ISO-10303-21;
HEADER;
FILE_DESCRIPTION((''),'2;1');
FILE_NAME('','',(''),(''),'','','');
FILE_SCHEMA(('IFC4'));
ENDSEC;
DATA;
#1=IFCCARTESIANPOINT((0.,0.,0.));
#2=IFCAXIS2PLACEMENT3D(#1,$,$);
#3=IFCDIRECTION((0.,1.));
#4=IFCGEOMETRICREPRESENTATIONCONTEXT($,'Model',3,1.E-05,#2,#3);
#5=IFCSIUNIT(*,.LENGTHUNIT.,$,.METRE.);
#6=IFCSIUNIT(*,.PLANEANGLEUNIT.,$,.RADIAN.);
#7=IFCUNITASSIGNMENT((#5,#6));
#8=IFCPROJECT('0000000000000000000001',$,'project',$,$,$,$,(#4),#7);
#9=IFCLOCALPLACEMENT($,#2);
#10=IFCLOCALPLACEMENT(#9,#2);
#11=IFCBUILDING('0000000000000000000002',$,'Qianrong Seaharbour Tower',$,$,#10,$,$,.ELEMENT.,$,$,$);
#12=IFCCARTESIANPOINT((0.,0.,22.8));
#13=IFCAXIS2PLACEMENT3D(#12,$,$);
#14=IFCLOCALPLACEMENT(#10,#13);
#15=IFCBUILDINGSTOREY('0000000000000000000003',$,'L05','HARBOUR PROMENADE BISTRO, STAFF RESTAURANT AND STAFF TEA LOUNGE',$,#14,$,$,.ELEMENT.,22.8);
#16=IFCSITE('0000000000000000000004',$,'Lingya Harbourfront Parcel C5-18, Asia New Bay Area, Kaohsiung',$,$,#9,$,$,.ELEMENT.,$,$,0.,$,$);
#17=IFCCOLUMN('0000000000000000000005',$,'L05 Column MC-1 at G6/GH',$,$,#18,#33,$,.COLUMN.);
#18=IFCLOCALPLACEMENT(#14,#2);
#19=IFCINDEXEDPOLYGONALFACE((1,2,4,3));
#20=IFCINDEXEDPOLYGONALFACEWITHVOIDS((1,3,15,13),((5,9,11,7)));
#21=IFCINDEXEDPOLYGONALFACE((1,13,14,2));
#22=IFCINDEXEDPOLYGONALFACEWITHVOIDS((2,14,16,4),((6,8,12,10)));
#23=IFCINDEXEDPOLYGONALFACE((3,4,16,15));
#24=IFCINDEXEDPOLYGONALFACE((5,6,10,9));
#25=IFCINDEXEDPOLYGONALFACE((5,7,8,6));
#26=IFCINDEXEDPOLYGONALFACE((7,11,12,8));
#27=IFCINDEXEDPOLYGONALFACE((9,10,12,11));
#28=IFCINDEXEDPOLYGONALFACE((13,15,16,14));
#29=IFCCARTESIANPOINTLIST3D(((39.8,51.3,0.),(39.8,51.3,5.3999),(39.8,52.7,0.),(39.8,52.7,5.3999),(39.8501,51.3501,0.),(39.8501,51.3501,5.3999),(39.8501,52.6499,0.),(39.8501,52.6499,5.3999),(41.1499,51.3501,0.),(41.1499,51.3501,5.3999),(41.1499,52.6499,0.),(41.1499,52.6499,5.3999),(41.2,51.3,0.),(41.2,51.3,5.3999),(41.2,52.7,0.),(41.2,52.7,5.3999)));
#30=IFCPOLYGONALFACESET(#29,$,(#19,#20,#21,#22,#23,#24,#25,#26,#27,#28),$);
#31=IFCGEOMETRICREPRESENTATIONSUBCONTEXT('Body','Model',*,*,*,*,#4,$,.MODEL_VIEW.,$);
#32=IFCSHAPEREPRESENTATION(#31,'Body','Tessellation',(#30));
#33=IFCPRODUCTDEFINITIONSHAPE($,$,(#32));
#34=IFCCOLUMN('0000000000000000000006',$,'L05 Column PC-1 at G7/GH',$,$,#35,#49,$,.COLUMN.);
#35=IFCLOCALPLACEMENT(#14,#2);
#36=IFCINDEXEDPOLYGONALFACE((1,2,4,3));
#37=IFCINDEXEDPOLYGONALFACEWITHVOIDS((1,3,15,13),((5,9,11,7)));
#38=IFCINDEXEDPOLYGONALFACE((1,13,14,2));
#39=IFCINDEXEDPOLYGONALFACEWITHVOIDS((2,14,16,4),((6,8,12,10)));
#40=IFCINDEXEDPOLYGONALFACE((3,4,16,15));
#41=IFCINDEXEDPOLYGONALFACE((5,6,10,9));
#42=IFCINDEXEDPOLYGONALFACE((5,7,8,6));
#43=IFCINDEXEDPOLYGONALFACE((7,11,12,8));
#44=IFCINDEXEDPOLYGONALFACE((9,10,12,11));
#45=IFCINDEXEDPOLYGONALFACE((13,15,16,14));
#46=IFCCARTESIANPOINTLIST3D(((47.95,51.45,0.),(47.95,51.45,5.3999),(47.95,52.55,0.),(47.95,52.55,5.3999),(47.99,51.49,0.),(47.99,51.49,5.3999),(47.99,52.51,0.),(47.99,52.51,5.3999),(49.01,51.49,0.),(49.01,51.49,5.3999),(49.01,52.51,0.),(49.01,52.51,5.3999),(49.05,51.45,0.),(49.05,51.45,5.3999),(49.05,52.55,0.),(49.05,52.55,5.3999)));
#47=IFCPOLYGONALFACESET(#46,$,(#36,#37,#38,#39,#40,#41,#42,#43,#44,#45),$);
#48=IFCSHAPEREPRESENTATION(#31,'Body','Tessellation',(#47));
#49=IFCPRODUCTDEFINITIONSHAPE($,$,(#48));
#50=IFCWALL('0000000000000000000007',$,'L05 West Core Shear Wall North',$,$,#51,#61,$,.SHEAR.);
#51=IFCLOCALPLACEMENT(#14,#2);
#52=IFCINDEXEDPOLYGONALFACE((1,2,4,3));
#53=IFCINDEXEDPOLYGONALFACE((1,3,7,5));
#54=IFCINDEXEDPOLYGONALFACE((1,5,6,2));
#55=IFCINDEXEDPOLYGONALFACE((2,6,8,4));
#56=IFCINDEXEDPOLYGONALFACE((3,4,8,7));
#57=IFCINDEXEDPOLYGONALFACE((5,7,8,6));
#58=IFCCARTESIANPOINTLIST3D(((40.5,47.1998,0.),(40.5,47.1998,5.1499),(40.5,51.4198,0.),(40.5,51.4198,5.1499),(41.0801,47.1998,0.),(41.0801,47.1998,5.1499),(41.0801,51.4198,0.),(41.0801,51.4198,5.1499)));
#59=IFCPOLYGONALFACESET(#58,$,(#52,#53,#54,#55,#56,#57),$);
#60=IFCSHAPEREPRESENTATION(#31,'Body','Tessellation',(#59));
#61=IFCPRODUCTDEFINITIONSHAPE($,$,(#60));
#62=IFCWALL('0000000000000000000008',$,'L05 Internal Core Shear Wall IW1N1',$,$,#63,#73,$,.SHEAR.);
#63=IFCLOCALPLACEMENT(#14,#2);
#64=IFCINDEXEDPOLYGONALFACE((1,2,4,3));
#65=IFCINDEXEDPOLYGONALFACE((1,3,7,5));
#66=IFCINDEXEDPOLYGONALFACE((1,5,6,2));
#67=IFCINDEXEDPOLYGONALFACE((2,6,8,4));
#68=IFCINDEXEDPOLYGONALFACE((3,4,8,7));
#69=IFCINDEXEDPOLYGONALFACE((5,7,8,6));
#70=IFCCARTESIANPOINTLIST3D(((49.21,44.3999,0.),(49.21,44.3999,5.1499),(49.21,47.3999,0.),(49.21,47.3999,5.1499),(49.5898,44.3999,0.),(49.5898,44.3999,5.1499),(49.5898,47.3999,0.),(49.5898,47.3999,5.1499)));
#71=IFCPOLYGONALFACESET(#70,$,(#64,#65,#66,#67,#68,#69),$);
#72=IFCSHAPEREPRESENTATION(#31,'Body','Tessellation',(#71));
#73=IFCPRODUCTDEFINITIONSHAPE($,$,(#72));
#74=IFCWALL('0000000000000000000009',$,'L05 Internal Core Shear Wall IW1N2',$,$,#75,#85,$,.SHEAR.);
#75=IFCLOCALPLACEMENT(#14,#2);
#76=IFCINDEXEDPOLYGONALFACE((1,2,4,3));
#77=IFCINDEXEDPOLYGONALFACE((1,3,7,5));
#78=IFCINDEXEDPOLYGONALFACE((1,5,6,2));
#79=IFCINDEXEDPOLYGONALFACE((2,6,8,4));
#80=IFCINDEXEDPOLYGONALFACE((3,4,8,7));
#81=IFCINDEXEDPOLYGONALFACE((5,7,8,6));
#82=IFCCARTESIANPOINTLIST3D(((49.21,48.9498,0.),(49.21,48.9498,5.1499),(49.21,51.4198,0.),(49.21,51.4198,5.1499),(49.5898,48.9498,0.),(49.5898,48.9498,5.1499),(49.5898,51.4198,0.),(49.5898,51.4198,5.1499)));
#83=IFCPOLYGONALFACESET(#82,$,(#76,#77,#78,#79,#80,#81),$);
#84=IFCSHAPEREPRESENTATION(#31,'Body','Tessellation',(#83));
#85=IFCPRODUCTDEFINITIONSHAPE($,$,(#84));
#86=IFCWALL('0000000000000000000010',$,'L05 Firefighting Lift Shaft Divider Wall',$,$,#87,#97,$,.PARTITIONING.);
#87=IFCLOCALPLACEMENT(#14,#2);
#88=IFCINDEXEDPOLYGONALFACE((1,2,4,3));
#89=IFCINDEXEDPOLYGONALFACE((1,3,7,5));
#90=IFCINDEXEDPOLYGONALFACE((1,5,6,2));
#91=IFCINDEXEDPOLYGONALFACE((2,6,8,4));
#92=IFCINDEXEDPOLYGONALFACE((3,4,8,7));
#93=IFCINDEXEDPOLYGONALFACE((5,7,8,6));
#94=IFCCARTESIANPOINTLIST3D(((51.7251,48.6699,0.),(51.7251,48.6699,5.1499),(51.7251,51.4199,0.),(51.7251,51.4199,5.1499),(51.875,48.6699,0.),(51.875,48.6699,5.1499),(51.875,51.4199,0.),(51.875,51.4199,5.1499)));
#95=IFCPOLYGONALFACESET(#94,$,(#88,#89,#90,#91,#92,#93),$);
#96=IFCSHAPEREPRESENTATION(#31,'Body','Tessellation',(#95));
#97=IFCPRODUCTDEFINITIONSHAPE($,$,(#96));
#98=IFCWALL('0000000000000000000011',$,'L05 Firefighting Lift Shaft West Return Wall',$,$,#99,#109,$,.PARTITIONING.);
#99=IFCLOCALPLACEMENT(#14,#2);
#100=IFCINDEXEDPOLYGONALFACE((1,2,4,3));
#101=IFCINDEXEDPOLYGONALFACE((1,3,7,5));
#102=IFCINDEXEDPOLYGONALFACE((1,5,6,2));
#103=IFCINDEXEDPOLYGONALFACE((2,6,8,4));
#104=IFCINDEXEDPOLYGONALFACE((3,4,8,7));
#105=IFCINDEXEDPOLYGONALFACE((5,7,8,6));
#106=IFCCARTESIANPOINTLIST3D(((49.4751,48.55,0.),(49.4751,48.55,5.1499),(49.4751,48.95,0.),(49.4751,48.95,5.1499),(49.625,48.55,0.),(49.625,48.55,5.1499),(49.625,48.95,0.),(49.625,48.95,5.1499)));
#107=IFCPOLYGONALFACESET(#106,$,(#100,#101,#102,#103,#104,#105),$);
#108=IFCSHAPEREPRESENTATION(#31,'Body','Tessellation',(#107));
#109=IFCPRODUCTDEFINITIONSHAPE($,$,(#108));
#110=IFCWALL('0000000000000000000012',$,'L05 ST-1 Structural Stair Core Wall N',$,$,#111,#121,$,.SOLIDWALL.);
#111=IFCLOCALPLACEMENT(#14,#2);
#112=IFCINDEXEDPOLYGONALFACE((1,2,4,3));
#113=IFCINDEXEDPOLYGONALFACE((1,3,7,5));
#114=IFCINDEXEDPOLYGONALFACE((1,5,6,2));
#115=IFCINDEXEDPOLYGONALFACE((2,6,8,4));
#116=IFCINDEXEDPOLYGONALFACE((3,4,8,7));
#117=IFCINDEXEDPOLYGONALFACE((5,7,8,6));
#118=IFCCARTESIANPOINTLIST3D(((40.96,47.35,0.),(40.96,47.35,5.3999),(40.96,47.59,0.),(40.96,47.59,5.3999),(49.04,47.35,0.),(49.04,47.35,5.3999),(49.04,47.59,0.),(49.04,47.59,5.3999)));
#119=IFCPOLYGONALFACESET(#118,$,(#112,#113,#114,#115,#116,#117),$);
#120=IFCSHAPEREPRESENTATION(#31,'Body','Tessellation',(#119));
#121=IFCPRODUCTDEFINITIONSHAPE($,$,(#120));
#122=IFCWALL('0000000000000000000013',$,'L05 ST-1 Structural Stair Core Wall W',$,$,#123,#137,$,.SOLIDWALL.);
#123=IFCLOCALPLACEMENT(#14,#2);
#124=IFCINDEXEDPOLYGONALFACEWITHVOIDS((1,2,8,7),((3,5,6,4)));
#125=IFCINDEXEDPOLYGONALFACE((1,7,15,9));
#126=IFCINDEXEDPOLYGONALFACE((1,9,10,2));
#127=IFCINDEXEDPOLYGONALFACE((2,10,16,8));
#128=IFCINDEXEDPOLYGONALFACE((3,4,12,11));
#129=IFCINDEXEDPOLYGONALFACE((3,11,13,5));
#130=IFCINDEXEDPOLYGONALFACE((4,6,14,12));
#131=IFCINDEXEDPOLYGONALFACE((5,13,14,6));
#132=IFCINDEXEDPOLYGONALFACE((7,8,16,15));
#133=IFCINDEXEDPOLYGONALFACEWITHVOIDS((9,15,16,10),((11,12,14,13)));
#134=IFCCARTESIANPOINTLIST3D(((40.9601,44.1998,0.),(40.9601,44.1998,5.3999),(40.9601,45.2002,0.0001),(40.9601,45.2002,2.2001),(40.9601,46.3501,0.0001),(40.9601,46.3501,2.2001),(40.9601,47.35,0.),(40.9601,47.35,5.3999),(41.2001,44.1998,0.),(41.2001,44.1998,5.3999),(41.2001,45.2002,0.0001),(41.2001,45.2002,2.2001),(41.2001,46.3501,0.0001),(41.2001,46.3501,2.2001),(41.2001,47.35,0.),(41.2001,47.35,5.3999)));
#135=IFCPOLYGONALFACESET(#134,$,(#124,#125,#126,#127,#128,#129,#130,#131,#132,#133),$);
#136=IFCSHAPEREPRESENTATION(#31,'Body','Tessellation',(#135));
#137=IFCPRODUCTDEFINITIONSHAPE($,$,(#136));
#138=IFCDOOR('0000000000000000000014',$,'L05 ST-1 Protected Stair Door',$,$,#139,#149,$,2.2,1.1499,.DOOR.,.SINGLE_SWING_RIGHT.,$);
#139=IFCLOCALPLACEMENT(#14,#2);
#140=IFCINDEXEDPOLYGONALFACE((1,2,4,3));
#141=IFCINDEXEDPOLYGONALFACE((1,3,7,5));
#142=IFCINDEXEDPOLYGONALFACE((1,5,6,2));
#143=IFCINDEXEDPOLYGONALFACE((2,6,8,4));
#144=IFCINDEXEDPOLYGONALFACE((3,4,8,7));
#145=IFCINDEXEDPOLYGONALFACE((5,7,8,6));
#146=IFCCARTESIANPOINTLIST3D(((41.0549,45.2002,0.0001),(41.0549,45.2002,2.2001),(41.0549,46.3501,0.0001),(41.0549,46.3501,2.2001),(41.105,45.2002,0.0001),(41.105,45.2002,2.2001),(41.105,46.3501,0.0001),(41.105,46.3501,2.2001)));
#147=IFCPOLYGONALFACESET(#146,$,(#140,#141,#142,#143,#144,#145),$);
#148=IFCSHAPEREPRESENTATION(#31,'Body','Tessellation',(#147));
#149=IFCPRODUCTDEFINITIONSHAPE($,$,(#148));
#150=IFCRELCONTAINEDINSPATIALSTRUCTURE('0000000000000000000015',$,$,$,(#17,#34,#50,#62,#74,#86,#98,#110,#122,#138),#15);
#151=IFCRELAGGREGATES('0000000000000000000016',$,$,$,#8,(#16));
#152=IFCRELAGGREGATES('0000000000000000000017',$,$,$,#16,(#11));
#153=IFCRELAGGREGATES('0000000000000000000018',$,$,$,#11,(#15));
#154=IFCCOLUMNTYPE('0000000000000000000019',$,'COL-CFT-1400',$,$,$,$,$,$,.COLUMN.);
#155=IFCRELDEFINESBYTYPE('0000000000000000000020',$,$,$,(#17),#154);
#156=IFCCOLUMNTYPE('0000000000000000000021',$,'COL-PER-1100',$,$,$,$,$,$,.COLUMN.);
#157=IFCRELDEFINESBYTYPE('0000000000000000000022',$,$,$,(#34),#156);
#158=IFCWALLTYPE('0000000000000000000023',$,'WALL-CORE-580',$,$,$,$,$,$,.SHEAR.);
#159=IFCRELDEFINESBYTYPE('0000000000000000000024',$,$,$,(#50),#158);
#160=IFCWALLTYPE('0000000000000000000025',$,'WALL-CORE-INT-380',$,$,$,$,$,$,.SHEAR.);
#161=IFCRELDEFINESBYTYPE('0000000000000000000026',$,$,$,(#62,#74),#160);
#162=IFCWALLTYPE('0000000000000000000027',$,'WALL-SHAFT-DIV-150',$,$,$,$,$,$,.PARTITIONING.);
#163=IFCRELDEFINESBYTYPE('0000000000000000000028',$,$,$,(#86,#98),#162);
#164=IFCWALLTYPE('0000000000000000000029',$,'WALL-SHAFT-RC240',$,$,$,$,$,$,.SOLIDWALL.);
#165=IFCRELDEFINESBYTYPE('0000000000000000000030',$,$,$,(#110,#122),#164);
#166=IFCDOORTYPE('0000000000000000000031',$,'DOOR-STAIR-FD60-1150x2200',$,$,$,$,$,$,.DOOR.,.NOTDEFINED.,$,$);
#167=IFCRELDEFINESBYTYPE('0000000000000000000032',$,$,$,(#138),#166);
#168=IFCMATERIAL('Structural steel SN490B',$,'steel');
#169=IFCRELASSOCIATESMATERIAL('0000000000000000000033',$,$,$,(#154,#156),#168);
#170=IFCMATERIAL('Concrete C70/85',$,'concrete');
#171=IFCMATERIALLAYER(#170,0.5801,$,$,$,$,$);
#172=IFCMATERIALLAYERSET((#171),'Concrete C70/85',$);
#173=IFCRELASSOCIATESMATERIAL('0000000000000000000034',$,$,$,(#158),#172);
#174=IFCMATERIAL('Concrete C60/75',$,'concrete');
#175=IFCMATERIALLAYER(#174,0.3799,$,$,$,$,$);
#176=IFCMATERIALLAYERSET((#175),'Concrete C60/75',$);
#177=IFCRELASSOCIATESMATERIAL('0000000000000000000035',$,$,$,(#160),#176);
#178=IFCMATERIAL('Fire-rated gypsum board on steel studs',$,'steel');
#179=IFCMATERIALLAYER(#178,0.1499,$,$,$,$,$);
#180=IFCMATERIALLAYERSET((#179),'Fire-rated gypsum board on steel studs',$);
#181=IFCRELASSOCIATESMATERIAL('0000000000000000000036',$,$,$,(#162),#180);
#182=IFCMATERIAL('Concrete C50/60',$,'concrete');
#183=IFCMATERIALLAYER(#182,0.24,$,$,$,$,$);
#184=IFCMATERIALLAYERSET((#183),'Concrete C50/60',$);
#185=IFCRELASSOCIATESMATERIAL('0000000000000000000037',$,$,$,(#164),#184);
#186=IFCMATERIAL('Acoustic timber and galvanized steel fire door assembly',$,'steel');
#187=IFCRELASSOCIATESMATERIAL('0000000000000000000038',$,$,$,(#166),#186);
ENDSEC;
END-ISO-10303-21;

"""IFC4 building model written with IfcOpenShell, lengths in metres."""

from ifc_helpers import new_model, si_unit, direction, frame, frame_2d, origin, origin_2d, place, context, subcontext, project, spatial, rectangle, hollow_rectangle, extrude, material, layer, layer_set, material_profile, profile_set, type_object, element, fill, save


model = new_model("IFC4")

# Units and contexts
model_context = context("Model", 3, precision=1e-05, world=origin(), true_north=direction((0.0, 1.0)))
body_context = subcontext(model_context, "Body", "Model", "MODEL_VIEW")
ifc_project = project(units=[si_unit("LENGTHUNIT", "METRE"), si_unit("PLANEANGLEUNIT", "RADIAN")], contexts=[model_context])

# Site, building, storey
site_placement = place(None, origin())
site = spatial("IfcSite", under=ifc_project, at=site_placement, Name="Lingya Harbourfront Parcel C5-18, Asia New Bay Area, Kaohsiung", CompositionType="ELEMENT", RefElevation=0.0)
building_placement = place(site_placement, origin())
building = spatial("IfcBuilding", under=site, at=building_placement, Name="Qianrong Seaharbour Tower", CompositionType="ELEMENT")
storey_placement = place(building_placement, frame((0.0, 0.0, 22.8)))
storey = spatial("IfcBuildingStorey", under=building, at=storey_placement, Name="L05", Description="HARBOUR PROMENADE BISTRO, STAFF RESTAURANT AND STAFF TEA LOUNGE", CompositionType="ELEMENT", Elevation=22.8)

# Columns
ifc_material_1 = material(Name="Structural steel SN490B", Category="steel")
ifc_material_profile_1 = material_profile(ifc_material_1, hollow_rectangle(XDim=1.3999, YDim=1.3999, WallThickness=0.05, at=origin_2d()), Name="BOX1400x1400x50")
ifc_profile_set_1 = profile_set([ifc_material_profile_1], Name="Structural steel SN490B")
column_type_1 = type_object("IfcColumnType", Name="COL-CFT-1400", PredefinedType="COLUMN", material=ifc_profile_set_1)
column_1_placement = place(storey_placement, frame((40.5, 52.0, 0.0), z_axis=(0.0, 0.0, 1.0), x_axis=(1.0, 0.0, 0.0)))
element("IfcColumn", 1, at=column_1_placement, inside=storey, type_object=column_type_1, Name="L05 Column MC-1 at G6/GH", PredefinedType="COLUMN", context=body_context, shape_type="SweptSolid", body=[
    extrude(hollow_rectangle(XDim=1.3999, YDim=1.3999, WallThickness=0.05, at=origin_2d()), origin(), (0.0, 0.0, 1.0), 5.3999),
])
ifc_material_profile_2 = material_profile(ifc_material_1, hollow_rectangle(XDim=1.1001, YDim=1.1001, WallThickness=0.04, at=origin_2d()), Name="BOX1100x1100x40")
ifc_profile_set_2 = profile_set([ifc_material_profile_2], Name="Structural steel SN490B")
column_type_2 = type_object("IfcColumnType", Name="COL-PER-1100", PredefinedType="COLUMN", material=ifc_profile_set_2)
column_2_placement = place(storey_placement, frame((48.5, 52.0, 0.0), z_axis=(0.0, 0.0, 1.0), x_axis=(1.0, 0.0, 0.0)))
element("IfcColumn", 2, at=column_2_placement, inside=storey, type_object=column_type_2, Name="L05 Column PC-1 at G7/GH", PredefinedType="COLUMN", context=body_context, shape_type="SweptSolid", body=[
    extrude(hollow_rectangle(XDim=1.1001, YDim=1.1001, WallThickness=0.04, at=origin_2d()), origin(), (0.0, 0.0, 1.0), 5.3999),
])

# Walls
ifc_material_2 = material(Name="Concrete C70/85", Category="concrete")
ifc_layer_1 = layer(ifc_material_2, 0.5801)
ifc_layer_set_1 = layer_set([ifc_layer_1], Name="Concrete C70/85")
wall_type_1 = type_object("IfcWallType", Name="WALL-CORE-580", PredefinedType="SHEAR", material=ifc_layer_set_1)
wall_1_placement = place(storey_placement, frame((40.79, 47.2, 0.0), z_axis=(0.0, 0.0, 1.0), x_axis=(0.0, 1.0, 0.0)))
element("IfcWall", 3, at=wall_1_placement, inside=storey, type_object=wall_type_1, Name="L05 West Core Shear Wall North", PredefinedType="SHEAR", context=body_context, shape_type="SweptSolid", body=[
    extrude(rectangle(XDim=4.22, YDim=0.5801, at=frame_2d((2.1099, 0.0))), origin(), (0.0, 0.0, 1.0), 5.1499),
])
ifc_material_3 = material(Name="Concrete C60/75", Category="concrete")
ifc_layer_2 = layer(ifc_material_3, 0.3799)
ifc_layer_set_2 = layer_set([ifc_layer_2], Name="Concrete C60/75")
wall_type_2 = type_object("IfcWallType", Name="WALL-CORE-INT-380", PredefinedType="SHEAR", material=ifc_layer_set_2)
wall_2_placement = place(storey_placement, frame((49.3999, 44.3999, 0.0), z_axis=(0.0, 0.0, 1.0), x_axis=(0.0, 1.0, 0.0)))
element("IfcWall", 4, at=wall_2_placement, inside=storey, type_object=wall_type_2, Name="L05 Internal Core Shear Wall IW1N1", PredefinedType="SHEAR", context=body_context, shape_type="SweptSolid", body=[
    extrude(rectangle(XDim=3.0, YDim=0.3799, at=frame_2d((1.5, 0.0))), origin(), (0.0, 0.0, 1.0), 5.1499),
])
wall_3_placement = place(storey_placement, frame((49.3999, 48.95, 0.0), z_axis=(0.0, 0.0, 1.0), x_axis=(0.0, 1.0, 0.0)))
element("IfcWall", 5, at=wall_3_placement, inside=storey, type_object=wall_type_2, Name="L05 Internal Core Shear Wall IW1N2", PredefinedType="SHEAR", context=body_context, shape_type="SweptSolid", body=[
    extrude(rectangle(XDim=2.47, YDim=0.3799, at=frame_2d((1.2349, 0.0))), origin(), (0.0, 0.0, 1.0), 5.1499),
])

# Shared definitions
ifc_material_4 = material(Name="Acoustic timber and galvanized steel fire door assembly", Category="steel")

# Walls
ifc_material_5 = material(Name="Fire-rated gypsum board on steel studs", Category="steel")
ifc_layer_3 = layer(ifc_material_5, 0.1499)
ifc_layer_set_3 = layer_set([ifc_layer_3], Name="Fire-rated gypsum board on steel studs")
wall_type_3 = type_object("IfcWallType", Name="WALL-SHAFT-DIV-150", PredefinedType="PARTITIONING", material=ifc_layer_set_3)
wall_4_placement = place(storey_placement, frame((51.8, 48.6699, 0.0), z_axis=(0.0, 0.0, 1.0), x_axis=(0.0, 1.0, 0.0)))
element("IfcWall", 6, at=wall_4_placement, inside=storey, type_object=wall_type_3, Name="L05 Firefighting Lift Shaft Divider Wall", PredefinedType="PARTITIONING", context=body_context, shape_type="SweptSolid", body=[
    extrude(rectangle(XDim=2.75, YDim=0.1499, at=frame_2d((1.375, 0.0))), origin(), (0.0, 0.0, 1.0), 5.1499),
])
wall_5_placement = place(storey_placement, frame((49.55, 48.55, 0.0), z_axis=(0.0, 0.0, 1.0), x_axis=(0.0, 1.0, 0.0)))
element("IfcWall", 7, at=wall_5_placement, inside=storey, type_object=wall_type_3, Name="L05 Firefighting Lift Shaft West Return Wall", PredefinedType="PARTITIONING", context=body_context, shape_type="SweptSolid", body=[
    extrude(rectangle(XDim=0.3999, YDim=0.1499, at=frame_2d((0.2, 0.0))), origin(), (0.0, 0.0, 1.0), 5.1499),
])
ifc_material_6 = material(Name="Concrete C50/60", Category="concrete")
ifc_layer_4 = layer(ifc_material_6, 0.24)
ifc_layer_set_4 = layer_set([ifc_layer_4], Name="Concrete C50/60")
wall_type_4 = type_object("IfcWallType", Name="WALL-SHAFT-RC240", PredefinedType="SOLIDWALL", material=ifc_layer_set_4)
wall_6_placement = place(storey_placement, frame((40.96, 47.47, 0.0), z_axis=(0.0, 0.0, 1.0), x_axis=(1.0, 0.0, 0.0)))
element("IfcWall", 8, at=wall_6_placement, inside=storey, type_object=wall_type_4, Name="L05 ST-1 Structural Stair Core Wall N", PredefinedType="SOLIDWALL", context=body_context, shape_type="SweptSolid", body=[
    extrude(rectangle(XDim=8.0801, YDim=0.24, at=frame_2d((4.04, 0.0))), origin(), (0.0, 0.0, 1.0), 5.3999),
])

# Wall, opening, door
wall_7_placement = place(storey_placement, frame((41.0801, 47.3501, 0.0), z_axis=(0.0, 0.0, 1.0), x_axis=(0.0, -1.0, 0.0)))
wall_7 = element("IfcWall", 9, at=wall_7_placement, inside=storey, type_object=wall_type_4, Name="L05 ST-1 Structural Stair Core Wall W", PredefinedType="SOLIDWALL", context=body_context, shape_type="SweptSolid", body=[
    extrude(rectangle(XDim=3.1501, YDim=0.24, at=frame_2d((1.5752, 0.0))), origin(), (0.0, 0.0, 1.0), 5.3999),
])
opening_1_placement = place(wall_7_placement, frame((1.0, 0.0, 0.0)))
opening_1 = element("IfcOpeningElement", 10, at=opening_1_placement, cuts=wall_7, PredefinedType="OPENING", context=body_context, shape_type="SweptSolid", body=[
    extrude(rectangle(XDim=1.1499, YDim=2.2, at=frame_2d((0.575, 1.1001))), frame((0.0, 0.1299, 0.0), z_axis=(0.0, -1.0, 0.0), x_axis=(1.0, 0.0, 0.0)), (0.0, 0.0, 1.0), 0.26),
])
door_type_1 = type_object("IfcDoorType", Name="DOOR-STAIR-FD60-1150x2200", OperationType="NOTDEFINED", PredefinedType="DOOR", material=ifc_material_4)
door_1_placement = place(opening_1_placement, origin())
door_1 = element("IfcDoor", 11, at=door_1_placement, inside=storey, type_object=door_type_1, Name="L05 ST-1 Protected Stair Door", OperationType="SINGLE_SWING_RIGHT", OverallHeight=2.2, OverallWidth=1.1499, PredefinedType="DOOR", context=body_context, shape_type="SweptSolid", body=[
    extrude(rectangle(XDim=1.1499, YDim=2.2, at=frame_2d((0.575, 1.1001))), frame((0.0, 0.0249, 0.0), z_axis=(0.0, -1.0, 0.0), x_axis=(1.0, 0.0, 0.0)), (0.0, 0.0, 1.0), 0.05),
])
fill(opening_1, door_1)

save(model, "model.ifc")
